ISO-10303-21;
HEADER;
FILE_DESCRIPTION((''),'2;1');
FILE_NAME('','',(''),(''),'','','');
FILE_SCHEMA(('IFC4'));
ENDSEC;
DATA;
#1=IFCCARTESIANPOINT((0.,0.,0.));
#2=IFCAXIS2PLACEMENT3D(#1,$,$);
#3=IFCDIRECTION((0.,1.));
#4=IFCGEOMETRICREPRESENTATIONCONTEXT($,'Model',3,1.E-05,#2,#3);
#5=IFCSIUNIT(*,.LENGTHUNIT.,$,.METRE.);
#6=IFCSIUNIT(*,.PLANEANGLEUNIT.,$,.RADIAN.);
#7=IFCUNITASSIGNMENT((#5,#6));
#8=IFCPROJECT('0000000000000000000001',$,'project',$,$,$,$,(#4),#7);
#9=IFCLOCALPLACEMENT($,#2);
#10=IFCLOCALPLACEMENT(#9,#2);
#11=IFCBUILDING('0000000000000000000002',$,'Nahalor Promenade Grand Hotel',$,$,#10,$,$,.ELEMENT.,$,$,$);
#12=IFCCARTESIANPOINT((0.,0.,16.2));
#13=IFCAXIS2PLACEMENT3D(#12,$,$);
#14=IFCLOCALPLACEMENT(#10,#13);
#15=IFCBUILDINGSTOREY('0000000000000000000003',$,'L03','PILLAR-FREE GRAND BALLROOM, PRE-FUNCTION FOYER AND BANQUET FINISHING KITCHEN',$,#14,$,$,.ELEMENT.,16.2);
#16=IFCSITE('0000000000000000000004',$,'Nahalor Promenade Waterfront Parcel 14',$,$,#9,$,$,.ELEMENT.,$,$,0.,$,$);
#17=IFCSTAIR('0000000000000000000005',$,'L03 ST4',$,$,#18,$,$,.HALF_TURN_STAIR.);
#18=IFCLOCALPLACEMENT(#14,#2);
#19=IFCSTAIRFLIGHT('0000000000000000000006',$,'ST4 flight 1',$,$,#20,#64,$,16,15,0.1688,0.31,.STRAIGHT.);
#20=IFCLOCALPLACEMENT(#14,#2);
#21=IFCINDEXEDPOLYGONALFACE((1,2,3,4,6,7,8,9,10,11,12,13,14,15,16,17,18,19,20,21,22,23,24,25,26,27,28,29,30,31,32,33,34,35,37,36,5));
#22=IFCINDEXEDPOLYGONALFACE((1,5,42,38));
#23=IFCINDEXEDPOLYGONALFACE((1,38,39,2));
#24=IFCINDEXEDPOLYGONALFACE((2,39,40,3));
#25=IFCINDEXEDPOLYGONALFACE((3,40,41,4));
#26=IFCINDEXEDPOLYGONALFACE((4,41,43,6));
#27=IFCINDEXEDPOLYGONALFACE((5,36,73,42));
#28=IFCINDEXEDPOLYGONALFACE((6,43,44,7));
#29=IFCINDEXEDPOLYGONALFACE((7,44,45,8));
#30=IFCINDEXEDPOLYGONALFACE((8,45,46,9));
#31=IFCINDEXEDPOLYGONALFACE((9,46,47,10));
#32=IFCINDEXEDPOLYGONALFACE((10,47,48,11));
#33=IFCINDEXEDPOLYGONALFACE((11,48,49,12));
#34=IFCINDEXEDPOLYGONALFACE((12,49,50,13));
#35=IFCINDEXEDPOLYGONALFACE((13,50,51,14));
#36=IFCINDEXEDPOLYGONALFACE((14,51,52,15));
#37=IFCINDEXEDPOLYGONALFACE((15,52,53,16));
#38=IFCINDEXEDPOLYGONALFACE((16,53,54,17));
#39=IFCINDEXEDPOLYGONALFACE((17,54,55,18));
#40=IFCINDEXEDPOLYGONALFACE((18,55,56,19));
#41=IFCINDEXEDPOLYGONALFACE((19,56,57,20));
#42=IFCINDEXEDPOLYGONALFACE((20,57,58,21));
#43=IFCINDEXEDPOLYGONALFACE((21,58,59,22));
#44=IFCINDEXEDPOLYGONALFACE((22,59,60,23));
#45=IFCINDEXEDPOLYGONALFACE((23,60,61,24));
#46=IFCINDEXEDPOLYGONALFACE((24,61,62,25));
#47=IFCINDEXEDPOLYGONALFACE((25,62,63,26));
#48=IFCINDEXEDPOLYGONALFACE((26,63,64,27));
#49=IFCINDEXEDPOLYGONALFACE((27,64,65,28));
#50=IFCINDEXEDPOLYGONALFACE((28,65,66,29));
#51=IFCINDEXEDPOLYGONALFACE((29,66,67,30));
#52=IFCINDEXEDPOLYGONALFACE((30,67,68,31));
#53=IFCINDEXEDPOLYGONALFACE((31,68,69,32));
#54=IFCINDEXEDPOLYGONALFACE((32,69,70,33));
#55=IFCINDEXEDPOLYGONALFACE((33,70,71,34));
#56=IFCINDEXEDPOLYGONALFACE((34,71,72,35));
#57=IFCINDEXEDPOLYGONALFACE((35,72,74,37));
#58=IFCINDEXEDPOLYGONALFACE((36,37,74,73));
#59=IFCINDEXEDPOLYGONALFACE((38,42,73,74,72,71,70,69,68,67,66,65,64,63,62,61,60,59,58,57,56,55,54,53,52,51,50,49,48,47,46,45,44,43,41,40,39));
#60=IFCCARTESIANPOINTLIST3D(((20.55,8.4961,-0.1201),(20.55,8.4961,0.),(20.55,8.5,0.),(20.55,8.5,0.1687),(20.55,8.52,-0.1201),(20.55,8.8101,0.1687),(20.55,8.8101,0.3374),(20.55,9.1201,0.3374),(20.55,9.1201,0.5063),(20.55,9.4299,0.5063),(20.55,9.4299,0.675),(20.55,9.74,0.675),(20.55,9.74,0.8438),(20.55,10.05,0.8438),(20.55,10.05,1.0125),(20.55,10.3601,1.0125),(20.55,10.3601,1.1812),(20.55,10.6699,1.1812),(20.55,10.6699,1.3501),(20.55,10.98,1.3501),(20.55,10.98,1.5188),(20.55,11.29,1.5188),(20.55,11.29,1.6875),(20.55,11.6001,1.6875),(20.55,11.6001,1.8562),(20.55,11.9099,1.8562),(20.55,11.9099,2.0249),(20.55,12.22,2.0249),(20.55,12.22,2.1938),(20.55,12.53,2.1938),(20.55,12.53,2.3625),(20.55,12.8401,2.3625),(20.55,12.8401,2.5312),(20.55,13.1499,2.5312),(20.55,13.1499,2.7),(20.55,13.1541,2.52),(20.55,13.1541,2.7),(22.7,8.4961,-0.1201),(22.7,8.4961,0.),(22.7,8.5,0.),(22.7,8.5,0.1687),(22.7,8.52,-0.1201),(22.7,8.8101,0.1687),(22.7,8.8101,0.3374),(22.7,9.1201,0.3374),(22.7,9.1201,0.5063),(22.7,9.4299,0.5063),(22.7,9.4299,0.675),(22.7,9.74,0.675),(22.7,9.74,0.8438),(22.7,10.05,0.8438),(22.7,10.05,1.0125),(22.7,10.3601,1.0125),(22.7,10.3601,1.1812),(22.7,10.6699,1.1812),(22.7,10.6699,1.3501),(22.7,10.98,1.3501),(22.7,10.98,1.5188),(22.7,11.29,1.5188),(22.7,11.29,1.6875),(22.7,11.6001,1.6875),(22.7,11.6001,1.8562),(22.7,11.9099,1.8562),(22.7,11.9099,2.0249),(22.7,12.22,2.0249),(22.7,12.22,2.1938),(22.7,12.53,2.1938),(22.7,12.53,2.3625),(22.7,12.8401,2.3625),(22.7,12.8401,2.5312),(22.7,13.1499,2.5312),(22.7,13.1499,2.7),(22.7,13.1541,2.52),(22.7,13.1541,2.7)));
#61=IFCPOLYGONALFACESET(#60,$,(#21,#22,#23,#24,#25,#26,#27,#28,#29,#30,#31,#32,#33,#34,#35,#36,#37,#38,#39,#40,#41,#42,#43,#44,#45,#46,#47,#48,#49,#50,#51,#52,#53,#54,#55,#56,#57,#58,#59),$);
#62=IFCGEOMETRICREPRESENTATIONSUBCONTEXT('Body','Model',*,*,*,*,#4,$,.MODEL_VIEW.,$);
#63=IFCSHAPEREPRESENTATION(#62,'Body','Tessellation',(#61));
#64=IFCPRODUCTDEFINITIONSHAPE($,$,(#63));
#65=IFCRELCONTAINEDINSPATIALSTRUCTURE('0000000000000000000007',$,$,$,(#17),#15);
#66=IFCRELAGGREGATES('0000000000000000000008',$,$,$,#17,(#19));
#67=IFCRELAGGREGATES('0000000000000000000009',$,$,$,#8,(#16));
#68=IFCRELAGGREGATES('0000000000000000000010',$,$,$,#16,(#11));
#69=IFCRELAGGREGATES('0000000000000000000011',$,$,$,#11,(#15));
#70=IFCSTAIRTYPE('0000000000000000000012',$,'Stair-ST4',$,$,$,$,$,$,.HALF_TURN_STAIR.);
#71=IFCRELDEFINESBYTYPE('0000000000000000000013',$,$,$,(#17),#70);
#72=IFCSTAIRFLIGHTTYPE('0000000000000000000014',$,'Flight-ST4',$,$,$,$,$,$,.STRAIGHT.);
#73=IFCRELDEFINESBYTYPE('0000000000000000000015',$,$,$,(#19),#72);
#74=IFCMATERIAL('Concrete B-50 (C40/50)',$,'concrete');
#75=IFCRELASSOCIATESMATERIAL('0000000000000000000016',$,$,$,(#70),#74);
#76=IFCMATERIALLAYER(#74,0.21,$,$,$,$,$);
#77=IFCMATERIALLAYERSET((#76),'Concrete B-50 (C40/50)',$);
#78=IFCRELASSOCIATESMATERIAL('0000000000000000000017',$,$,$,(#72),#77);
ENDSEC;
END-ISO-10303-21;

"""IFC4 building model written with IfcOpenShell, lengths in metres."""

from ifc_helpers import new_model, si_unit, direction, frame, origin, place, context, subcontext, project, spatial, polyline, outline, extrude, source, transform, mapped, material, layer, layer_set, type_object, element, aggregate, save


model = new_model("IFC4")

# Units and contexts
model_context = context("Model", 3, precision=1e-05, world=origin(), true_north=direction((0.0, 1.0)))
body_context = subcontext(model_context, "Body", "Model", "MODEL_VIEW")
ifc_project = project(units=[si_unit("LENGTHUNIT", "METRE"), si_unit("PLANEANGLEUNIT", "RADIAN")], contexts=[model_context])

# Site, building, storey
site_placement = place(None, origin())
site = spatial("IfcSite", under=ifc_project, at=site_placement, Name="Nahalor Promenade Waterfront Parcel 14", CompositionType="ELEMENT", RefElevation=0.0)
building_placement = place(site_placement, origin())
building = spatial("IfcBuilding", under=site, at=building_placement, Name="Nahalor Promenade Grand Hotel", CompositionType="ELEMENT")
storey_placement = place(building_placement, frame((0.0, 0.0, 16.2)))
storey = spatial("IfcBuildingStorey", under=building, at=storey_placement, Name="L03", Description="PILLAR-FREE GRAND BALLROOM, PRE-FUNCTION FOYER AND BANQUET FINISHING KITCHEN", CompositionType="ELEMENT", Elevation=16.2)

# Shared definitions
ifc_material_1 = material(Name="Concrete B-50 (C40/50)", Category="concrete")

# Stair, stair flight
stair_type = type_object("IfcStairType", Name="Stair-ST4", PredefinedType="HALF_TURN_STAIR", material=ifc_material_1)
stair_placement = place(storey_placement, origin())
stair = element("IfcStair", 1, at=stair_placement, inside=storey, type_object=stair_type, Name="L03 ST4", PredefinedType="HALF_TURN_STAIR")
ifc_layer_1 = layer(ifc_material_1, 0.21)
ifc_layer_set_1 = layer_set([ifc_layer_1], Name="Concrete B-50 (C40/50)")
stair_flight_type = type_object("IfcStairFlightType", Name="Flight-ST4", PredefinedType="STRAIGHT", material=ifc_layer_set_1)
shared_shape_1 = source(origin(), body_context, "Body", "SweptSolid", [
    extrude(outline(polyline([(-0.0039, -0.1201), (-0.0039, 0.0), (0.0, 0.0), (0.0, 0.1687), (0.3101, 0.1687), (0.3101, 0.3374), (0.6201, 0.3374), (0.6201, 0.5063), (0.9299, 0.5063), (0.9299, 0.675), (1.24, 0.675), (1.24, 0.8438), (1.55, 0.8438), (1.55, 1.0125), (1.8601, 1.0125), (1.8601, 1.1812), (2.1699, 1.1812), (2.1699, 1.3501), (2.48, 1.3501), (2.48, 1.5188), (2.79, 1.5188), (2.79, 1.6875), (3.1001, 1.6875), (3.1001, 1.8562), (3.4099, 1.8562), (3.4099, 2.0249), (3.72, 2.0249), (3.72, 2.1938), (4.03, 2.1938), (4.03, 2.3625), (4.3401, 2.3625), (4.3401, 2.5312), (4.6499, 2.5312), (4.6499, 2.7), (4.6541, 2.7), (4.6541, 2.52), (0.02, -0.1201), (-0.0039, -0.1201)])), frame((0.0, 1.075, 0.0), z_axis=(0.0, -1.0, 0.0), x_axis=(1.0, 0.0, 0.0)), (0.0, 0.0, 1.0), 2.1499),
])
stair_flight_placement = place(storey_placement, frame((21.625, 8.5, 0.0), z_axis=(0.0, 0.0, 1.0), x_axis=(0.0, 1.0, 0.0)))
stair_flight = element("IfcStairFlight", 2, at=stair_flight_placement, type_object=stair_flight_type, Name="ST4 flight 1", NumberOfRisers=16, NumberOfTreads=15, PredefinedType="STRAIGHT", RiserHeight=0.1688, TreadLength=0.31, context=body_context, shape_type="MappedRepresentation", body=[
    mapped(shared_shape_1, transform((0.0, 0.0, 0.0), scale=1.0)),
])
aggregate(stair, [stair_flight])

save(model, "model.ifc")
